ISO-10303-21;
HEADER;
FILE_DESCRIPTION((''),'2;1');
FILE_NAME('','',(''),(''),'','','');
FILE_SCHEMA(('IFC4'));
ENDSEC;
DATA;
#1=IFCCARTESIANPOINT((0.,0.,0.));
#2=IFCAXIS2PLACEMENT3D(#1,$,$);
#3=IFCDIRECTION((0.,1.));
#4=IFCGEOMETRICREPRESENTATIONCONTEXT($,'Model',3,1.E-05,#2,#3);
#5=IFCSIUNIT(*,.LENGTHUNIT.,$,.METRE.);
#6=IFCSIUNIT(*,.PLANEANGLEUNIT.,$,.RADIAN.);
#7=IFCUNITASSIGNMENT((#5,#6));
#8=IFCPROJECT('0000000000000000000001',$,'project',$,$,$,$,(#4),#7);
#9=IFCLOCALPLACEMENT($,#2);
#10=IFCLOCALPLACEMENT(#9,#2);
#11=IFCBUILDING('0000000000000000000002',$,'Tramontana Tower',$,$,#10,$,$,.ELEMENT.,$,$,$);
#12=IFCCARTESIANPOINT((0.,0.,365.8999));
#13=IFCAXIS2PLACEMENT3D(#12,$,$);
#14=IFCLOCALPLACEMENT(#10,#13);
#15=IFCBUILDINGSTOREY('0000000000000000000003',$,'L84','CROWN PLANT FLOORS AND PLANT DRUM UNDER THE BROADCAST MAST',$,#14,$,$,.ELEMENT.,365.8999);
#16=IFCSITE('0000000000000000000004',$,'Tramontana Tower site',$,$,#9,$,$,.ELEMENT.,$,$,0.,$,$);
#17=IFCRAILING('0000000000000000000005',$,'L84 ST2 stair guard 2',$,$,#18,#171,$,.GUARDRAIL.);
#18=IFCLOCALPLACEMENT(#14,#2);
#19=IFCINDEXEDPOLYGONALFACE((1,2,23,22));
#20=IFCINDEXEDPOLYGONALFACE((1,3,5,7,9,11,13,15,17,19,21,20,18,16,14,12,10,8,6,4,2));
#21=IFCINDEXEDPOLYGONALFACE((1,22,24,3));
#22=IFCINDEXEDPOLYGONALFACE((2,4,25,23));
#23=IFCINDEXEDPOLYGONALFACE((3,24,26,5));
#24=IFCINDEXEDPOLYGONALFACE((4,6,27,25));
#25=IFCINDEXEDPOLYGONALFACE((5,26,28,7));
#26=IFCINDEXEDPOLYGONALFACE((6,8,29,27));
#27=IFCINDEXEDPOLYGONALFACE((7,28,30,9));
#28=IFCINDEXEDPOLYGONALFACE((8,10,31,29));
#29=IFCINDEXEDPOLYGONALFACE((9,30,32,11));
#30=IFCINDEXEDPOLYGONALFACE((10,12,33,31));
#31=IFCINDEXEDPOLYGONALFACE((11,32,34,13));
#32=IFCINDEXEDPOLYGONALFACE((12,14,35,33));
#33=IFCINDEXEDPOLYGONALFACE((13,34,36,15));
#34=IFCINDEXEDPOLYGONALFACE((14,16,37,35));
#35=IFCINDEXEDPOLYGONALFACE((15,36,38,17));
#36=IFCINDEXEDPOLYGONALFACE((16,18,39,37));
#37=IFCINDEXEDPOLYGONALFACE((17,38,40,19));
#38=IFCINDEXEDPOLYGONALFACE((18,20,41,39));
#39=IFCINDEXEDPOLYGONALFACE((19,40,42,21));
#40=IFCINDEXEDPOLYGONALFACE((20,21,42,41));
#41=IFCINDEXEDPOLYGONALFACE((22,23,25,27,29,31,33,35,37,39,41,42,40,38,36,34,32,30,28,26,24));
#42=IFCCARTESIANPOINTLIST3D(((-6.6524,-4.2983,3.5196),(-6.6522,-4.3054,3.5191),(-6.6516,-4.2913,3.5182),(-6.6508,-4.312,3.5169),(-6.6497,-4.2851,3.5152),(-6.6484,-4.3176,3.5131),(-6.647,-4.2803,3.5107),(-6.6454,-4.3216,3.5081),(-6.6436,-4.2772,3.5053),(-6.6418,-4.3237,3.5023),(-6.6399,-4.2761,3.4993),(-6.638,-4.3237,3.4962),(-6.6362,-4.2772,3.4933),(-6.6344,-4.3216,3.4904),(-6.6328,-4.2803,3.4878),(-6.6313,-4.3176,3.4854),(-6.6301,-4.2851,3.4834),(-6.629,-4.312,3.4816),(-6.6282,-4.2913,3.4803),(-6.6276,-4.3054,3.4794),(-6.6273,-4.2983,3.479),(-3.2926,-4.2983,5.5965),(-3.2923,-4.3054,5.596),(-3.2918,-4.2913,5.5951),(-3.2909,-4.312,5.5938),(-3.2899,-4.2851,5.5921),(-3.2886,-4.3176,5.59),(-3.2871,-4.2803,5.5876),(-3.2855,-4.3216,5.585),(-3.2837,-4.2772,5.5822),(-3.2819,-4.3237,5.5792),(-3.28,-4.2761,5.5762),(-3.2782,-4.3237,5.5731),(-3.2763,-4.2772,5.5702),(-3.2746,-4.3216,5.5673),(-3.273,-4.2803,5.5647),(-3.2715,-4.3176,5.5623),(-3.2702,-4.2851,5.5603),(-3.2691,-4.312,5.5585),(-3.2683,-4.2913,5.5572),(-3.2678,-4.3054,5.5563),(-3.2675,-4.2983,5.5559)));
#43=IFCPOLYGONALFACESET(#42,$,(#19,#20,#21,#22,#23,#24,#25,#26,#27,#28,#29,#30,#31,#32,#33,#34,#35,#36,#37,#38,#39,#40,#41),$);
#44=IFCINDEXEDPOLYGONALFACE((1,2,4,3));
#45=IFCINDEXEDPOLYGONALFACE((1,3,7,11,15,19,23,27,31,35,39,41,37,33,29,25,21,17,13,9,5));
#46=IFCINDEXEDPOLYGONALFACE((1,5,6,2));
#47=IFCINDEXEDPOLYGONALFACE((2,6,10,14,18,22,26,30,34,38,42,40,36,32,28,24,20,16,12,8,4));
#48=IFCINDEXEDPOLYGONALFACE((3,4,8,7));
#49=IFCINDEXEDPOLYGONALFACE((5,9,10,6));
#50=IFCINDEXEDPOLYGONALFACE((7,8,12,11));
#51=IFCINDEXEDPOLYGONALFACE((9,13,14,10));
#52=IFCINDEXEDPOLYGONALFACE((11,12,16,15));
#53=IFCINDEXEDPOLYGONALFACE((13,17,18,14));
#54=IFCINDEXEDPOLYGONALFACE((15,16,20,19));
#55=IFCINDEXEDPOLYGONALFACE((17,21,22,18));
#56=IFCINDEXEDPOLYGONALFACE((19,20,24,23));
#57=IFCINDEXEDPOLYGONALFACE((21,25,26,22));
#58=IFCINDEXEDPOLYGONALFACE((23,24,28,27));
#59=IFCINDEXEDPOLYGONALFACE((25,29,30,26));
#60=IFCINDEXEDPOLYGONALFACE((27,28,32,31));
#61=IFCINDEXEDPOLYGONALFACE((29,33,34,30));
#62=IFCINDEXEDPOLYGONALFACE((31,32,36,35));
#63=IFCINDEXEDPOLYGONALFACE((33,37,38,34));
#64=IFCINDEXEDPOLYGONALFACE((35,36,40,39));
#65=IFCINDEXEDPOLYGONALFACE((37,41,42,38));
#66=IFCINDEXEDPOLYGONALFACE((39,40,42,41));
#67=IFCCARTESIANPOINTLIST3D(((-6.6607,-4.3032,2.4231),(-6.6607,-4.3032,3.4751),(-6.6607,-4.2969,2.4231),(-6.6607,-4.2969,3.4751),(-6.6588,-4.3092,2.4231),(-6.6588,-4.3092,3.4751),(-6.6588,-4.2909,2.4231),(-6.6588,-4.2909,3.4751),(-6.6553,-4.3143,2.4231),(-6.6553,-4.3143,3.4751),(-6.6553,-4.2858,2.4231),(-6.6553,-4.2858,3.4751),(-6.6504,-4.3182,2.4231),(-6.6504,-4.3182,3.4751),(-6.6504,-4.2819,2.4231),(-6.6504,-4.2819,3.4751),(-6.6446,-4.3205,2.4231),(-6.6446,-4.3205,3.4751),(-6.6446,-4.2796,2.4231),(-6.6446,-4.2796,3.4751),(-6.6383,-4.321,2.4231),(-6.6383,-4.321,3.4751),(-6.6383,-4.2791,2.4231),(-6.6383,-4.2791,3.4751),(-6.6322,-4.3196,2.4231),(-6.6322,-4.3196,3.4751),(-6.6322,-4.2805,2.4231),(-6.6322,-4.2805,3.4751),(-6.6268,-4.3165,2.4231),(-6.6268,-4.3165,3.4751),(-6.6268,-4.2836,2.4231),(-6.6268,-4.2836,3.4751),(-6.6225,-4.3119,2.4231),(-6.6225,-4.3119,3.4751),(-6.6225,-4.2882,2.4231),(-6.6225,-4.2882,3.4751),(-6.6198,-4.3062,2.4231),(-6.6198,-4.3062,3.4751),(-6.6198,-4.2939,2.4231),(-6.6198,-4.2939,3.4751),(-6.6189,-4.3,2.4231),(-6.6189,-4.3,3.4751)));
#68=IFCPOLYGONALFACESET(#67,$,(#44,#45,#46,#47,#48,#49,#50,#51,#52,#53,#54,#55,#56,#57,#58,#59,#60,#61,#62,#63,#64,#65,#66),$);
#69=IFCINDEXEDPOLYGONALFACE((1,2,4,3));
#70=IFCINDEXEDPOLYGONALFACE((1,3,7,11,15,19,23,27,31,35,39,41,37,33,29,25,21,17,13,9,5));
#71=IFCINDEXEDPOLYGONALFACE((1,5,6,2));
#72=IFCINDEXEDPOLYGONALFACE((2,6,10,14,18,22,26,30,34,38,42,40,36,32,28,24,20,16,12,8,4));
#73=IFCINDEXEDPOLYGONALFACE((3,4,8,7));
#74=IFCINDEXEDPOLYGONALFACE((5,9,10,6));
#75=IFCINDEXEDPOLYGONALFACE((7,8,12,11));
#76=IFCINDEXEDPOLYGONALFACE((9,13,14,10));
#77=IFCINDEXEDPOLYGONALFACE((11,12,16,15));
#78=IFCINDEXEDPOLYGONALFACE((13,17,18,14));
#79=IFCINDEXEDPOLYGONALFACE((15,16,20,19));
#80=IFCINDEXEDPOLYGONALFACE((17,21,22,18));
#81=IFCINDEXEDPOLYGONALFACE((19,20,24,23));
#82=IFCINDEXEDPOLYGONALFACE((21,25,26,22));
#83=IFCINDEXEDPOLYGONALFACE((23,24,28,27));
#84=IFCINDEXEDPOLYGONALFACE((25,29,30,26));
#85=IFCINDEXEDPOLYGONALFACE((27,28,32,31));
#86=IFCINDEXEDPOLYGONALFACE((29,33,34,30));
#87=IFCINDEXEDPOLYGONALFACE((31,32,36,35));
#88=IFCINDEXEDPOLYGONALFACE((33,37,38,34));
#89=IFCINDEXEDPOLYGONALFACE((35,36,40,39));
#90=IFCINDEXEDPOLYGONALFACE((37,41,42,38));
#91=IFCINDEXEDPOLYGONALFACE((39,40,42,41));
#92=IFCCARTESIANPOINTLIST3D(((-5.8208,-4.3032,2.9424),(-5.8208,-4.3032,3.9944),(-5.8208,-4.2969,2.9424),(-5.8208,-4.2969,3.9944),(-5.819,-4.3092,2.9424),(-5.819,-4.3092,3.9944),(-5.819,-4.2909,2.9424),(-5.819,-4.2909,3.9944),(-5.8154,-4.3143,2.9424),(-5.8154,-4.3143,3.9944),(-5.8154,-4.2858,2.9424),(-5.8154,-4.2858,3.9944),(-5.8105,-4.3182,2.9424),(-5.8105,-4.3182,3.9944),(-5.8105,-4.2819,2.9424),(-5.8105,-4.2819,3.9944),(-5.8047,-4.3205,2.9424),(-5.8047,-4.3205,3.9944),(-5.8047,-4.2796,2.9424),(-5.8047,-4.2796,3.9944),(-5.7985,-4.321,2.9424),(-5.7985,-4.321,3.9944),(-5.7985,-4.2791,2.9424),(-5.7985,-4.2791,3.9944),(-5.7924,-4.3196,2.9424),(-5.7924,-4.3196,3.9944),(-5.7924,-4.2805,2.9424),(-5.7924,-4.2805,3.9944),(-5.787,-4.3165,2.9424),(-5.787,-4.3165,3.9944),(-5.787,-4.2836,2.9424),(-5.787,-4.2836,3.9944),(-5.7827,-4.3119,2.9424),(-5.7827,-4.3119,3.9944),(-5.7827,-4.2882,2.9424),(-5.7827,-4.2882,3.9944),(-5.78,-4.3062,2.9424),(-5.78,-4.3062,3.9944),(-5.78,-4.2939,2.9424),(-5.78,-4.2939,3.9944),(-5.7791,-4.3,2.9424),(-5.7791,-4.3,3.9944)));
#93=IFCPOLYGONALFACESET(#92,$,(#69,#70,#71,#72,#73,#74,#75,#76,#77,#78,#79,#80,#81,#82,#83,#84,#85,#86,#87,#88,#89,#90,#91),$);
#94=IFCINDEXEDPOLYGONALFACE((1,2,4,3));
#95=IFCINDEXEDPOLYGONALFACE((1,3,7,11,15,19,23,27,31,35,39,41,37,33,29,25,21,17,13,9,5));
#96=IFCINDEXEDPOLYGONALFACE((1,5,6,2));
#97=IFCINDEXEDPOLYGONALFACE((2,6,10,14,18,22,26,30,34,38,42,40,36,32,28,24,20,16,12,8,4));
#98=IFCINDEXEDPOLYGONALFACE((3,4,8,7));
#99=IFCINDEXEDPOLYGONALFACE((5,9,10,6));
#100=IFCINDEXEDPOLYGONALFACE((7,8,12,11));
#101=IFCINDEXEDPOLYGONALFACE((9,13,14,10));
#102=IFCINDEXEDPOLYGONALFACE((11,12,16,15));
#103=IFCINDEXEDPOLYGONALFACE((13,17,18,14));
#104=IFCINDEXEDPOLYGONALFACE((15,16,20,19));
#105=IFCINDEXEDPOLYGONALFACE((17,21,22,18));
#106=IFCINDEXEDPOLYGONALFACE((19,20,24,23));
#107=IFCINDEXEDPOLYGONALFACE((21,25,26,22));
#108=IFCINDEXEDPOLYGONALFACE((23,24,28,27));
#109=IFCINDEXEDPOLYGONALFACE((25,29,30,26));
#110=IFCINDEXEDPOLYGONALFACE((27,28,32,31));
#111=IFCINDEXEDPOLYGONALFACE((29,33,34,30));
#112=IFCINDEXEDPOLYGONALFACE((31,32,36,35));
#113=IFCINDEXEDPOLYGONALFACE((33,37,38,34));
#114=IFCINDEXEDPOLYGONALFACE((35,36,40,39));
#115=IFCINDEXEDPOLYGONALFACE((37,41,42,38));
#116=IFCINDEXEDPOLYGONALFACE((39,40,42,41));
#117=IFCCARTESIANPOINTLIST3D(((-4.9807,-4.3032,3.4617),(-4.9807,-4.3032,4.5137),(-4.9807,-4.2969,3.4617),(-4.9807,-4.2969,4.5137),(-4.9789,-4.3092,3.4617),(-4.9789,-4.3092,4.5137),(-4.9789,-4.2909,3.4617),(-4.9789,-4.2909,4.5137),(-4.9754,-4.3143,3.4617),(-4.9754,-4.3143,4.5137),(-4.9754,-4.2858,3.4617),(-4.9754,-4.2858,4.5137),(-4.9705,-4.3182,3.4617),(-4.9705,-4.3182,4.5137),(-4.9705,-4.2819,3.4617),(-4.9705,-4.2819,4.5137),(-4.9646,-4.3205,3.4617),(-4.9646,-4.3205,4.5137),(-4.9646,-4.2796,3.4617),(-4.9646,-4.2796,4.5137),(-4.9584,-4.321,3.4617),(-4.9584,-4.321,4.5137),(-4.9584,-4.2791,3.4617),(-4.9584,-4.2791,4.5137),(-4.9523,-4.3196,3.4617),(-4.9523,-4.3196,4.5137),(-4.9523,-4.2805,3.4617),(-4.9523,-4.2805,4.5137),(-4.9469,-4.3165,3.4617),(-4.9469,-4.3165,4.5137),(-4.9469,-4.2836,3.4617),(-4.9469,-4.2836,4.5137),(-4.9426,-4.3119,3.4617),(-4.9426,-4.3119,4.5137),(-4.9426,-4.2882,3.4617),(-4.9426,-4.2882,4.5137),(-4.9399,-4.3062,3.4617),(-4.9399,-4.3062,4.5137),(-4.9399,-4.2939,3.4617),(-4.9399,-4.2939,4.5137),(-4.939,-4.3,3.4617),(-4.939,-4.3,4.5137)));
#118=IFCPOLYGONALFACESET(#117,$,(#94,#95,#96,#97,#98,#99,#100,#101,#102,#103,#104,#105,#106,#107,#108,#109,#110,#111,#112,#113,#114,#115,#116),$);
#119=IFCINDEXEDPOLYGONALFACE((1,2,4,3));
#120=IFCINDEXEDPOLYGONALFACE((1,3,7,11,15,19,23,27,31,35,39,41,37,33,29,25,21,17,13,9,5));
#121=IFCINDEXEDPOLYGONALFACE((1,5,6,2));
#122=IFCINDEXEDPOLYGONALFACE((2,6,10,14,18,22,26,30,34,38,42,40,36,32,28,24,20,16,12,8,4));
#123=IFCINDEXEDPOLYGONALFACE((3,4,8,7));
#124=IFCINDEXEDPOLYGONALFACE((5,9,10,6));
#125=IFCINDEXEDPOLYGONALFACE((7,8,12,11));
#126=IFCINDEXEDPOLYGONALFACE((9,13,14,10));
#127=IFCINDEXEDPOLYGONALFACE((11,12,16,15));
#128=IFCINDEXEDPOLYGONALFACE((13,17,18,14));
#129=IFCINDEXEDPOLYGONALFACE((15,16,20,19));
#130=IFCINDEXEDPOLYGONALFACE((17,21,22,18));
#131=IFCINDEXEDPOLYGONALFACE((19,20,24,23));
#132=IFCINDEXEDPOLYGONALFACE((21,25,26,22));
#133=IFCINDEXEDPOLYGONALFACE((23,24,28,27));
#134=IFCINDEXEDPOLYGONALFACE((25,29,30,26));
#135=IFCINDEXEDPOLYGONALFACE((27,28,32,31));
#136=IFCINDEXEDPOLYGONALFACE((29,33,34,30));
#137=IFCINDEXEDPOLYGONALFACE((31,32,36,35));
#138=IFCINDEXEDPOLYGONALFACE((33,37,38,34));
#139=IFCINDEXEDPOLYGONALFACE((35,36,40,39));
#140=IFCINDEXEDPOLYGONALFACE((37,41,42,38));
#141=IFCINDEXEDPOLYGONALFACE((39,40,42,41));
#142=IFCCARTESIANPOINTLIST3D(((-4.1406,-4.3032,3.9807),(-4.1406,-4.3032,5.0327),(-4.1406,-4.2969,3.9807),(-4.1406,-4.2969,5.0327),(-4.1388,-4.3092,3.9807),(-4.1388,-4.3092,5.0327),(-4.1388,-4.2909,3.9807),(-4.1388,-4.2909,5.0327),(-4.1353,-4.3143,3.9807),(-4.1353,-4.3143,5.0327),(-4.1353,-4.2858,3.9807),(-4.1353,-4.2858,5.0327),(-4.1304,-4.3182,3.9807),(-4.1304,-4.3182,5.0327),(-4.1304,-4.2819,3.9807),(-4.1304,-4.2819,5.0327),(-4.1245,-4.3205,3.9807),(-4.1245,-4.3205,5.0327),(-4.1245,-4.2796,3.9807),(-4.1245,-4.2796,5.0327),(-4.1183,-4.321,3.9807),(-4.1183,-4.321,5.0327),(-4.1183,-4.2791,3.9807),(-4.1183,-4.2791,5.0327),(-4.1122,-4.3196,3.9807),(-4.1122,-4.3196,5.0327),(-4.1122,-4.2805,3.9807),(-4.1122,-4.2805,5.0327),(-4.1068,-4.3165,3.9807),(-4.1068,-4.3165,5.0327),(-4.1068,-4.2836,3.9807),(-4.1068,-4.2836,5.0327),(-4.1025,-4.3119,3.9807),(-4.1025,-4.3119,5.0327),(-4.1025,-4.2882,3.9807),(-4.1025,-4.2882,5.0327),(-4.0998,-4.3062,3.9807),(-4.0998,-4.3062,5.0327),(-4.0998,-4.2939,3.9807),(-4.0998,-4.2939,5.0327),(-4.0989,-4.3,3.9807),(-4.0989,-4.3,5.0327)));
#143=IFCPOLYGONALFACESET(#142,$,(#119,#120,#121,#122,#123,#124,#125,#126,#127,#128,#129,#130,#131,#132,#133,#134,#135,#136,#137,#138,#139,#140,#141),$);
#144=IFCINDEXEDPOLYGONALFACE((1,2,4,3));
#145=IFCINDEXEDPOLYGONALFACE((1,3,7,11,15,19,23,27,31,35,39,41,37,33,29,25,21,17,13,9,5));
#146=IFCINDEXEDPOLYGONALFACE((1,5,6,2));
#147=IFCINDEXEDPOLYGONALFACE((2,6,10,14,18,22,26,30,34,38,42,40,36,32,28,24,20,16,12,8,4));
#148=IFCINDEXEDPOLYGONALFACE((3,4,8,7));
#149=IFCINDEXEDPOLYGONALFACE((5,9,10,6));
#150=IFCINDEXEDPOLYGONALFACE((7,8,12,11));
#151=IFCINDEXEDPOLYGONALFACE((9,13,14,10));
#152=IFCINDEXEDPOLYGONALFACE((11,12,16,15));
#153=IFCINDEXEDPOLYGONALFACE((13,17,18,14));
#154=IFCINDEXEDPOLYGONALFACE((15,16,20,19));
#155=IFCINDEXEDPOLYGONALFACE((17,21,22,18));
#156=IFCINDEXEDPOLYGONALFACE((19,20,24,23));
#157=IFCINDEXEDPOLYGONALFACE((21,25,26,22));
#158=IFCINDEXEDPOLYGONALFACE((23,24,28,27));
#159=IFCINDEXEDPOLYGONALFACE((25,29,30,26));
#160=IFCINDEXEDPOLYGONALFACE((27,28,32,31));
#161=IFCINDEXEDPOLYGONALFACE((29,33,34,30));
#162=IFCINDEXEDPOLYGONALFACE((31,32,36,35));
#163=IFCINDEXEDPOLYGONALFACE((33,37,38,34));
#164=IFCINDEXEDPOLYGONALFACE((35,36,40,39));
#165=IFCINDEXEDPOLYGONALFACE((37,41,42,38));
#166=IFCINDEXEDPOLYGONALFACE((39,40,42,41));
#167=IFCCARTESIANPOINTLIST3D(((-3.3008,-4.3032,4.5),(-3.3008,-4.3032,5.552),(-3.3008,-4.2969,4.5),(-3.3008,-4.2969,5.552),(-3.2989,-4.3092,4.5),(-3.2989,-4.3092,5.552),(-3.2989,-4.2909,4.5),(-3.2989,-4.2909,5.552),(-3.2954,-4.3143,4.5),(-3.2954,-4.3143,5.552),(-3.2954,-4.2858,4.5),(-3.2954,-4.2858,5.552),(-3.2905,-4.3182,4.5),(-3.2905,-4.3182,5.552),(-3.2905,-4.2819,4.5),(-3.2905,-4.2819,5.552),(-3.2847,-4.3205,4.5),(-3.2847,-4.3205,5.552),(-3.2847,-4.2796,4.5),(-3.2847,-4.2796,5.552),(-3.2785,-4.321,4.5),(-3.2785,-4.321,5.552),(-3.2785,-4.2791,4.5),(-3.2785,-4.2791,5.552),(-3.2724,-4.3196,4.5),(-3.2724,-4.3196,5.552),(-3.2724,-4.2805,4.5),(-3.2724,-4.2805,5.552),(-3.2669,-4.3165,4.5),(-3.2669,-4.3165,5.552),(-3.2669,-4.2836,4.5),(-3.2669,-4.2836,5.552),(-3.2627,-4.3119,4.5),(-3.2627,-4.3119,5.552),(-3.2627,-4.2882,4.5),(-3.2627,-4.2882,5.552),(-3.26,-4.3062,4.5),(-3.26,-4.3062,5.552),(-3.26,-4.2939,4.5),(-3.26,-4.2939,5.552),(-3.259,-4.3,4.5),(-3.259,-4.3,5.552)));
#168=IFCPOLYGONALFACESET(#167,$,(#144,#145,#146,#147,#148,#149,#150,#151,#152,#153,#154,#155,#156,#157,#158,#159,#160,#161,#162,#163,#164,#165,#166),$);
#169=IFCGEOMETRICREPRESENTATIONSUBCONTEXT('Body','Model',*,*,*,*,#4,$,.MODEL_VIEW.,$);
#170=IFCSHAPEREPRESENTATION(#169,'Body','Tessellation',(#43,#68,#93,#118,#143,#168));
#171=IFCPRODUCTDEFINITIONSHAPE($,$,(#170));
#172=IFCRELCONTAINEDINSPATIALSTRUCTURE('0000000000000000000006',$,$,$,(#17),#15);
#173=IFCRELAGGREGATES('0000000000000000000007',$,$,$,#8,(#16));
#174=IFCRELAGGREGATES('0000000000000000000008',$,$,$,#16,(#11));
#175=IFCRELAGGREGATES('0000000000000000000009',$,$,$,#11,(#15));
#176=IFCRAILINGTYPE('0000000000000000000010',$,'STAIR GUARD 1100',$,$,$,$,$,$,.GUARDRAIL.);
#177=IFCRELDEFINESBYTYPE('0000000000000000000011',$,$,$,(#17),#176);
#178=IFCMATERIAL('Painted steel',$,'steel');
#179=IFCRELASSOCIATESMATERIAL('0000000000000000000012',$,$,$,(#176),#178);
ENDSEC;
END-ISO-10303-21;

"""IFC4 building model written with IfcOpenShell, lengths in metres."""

from ifc_helpers import new_model, si_unit, direction, frame, origin, origin_2d, place, context, subcontext, project, spatial, circle, extrude, material, type_object, element, save


model = new_model("IFC4")

# Units and contexts
model_context = context("Model", 3, precision=1e-05, world=origin(), true_north=direction((0.0, 1.0)))
body_context = subcontext(model_context, "Body", "Model", "MODEL_VIEW")
ifc_project = project(units=[si_unit("LENGTHUNIT", "METRE"), si_unit("PLANEANGLEUNIT", "RADIAN")], contexts=[model_context])

# Site, building, storey
site_placement = place(None, origin())
site = spatial("IfcSite", under=ifc_project, at=site_placement, Name="Tramontana Tower site", CompositionType="ELEMENT", RefElevation=0.0)
building_placement = place(site_placement, origin())
building = spatial("IfcBuilding", under=site, at=building_placement, Name="Tramontana Tower", CompositionType="ELEMENT")
storey_placement = place(building_placement, frame((0.0, 0.0, 365.8999)))
storey = spatial("IfcBuildingStorey", under=building, at=storey_placement, Name="L84", Description="CROWN PLANT FLOORS AND PLANT DRUM UNDER THE BROADCAST MAST", CompositionType="ELEMENT", Elevation=365.8999)

# Railing
ifc_material_1 = material(Name="Painted steel", Category="steel")
railing_type_1 = type_object("IfcRailingType", Name="STAIR GUARD 1100", PredefinedType="GUARDRAIL", material=ifc_material_1)
railing_1_placement = place(storey_placement, frame((-6.6399, -4.3, 2.4231)))
element("IfcRailing", 1, at=railing_1_placement, inside=storey, type_object=railing_type_1, Name="L84 ST2 stair guard 2", PredefinedType="GUARDRAIL", context=body_context, shape_type="SweptSolid", body=[
    extrude(circle(Radius=0.0239, at=origin_2d()), frame((0.0, 0.0, 1.0762), z_axis=(0.850606, 0.0, 0.525803), x_axis=(0.0, 1.0, 0.0)), (0.0, 0.0, 1.0), 3.95),
    extrude(circle(Radius=0.021, at=origin_2d()), origin(), (0.0, 0.0, 1.0), 1.052),
    extrude(circle(Radius=0.021, at=origin_2d()), frame((0.8398, 0.0, 0.5193)), (0.0, 0.0, 1.0), 1.052),
    extrude(circle(Radius=0.021, at=origin_2d()), frame((1.6799, 0.0, 1.0386)), (0.0, 0.0, 1.0), 1.052),
    extrude(circle(Radius=0.021, at=origin_2d()), frame((2.52, 0.0, 1.5576)), (0.0, 0.0, 1.0), 1.052),
    extrude(circle(Radius=0.021, at=origin_2d()), frame((3.3599, 0.0, 2.0769)), (0.0, 0.0, 1.0), 1.052),
])

save(model, "model.ifc")
